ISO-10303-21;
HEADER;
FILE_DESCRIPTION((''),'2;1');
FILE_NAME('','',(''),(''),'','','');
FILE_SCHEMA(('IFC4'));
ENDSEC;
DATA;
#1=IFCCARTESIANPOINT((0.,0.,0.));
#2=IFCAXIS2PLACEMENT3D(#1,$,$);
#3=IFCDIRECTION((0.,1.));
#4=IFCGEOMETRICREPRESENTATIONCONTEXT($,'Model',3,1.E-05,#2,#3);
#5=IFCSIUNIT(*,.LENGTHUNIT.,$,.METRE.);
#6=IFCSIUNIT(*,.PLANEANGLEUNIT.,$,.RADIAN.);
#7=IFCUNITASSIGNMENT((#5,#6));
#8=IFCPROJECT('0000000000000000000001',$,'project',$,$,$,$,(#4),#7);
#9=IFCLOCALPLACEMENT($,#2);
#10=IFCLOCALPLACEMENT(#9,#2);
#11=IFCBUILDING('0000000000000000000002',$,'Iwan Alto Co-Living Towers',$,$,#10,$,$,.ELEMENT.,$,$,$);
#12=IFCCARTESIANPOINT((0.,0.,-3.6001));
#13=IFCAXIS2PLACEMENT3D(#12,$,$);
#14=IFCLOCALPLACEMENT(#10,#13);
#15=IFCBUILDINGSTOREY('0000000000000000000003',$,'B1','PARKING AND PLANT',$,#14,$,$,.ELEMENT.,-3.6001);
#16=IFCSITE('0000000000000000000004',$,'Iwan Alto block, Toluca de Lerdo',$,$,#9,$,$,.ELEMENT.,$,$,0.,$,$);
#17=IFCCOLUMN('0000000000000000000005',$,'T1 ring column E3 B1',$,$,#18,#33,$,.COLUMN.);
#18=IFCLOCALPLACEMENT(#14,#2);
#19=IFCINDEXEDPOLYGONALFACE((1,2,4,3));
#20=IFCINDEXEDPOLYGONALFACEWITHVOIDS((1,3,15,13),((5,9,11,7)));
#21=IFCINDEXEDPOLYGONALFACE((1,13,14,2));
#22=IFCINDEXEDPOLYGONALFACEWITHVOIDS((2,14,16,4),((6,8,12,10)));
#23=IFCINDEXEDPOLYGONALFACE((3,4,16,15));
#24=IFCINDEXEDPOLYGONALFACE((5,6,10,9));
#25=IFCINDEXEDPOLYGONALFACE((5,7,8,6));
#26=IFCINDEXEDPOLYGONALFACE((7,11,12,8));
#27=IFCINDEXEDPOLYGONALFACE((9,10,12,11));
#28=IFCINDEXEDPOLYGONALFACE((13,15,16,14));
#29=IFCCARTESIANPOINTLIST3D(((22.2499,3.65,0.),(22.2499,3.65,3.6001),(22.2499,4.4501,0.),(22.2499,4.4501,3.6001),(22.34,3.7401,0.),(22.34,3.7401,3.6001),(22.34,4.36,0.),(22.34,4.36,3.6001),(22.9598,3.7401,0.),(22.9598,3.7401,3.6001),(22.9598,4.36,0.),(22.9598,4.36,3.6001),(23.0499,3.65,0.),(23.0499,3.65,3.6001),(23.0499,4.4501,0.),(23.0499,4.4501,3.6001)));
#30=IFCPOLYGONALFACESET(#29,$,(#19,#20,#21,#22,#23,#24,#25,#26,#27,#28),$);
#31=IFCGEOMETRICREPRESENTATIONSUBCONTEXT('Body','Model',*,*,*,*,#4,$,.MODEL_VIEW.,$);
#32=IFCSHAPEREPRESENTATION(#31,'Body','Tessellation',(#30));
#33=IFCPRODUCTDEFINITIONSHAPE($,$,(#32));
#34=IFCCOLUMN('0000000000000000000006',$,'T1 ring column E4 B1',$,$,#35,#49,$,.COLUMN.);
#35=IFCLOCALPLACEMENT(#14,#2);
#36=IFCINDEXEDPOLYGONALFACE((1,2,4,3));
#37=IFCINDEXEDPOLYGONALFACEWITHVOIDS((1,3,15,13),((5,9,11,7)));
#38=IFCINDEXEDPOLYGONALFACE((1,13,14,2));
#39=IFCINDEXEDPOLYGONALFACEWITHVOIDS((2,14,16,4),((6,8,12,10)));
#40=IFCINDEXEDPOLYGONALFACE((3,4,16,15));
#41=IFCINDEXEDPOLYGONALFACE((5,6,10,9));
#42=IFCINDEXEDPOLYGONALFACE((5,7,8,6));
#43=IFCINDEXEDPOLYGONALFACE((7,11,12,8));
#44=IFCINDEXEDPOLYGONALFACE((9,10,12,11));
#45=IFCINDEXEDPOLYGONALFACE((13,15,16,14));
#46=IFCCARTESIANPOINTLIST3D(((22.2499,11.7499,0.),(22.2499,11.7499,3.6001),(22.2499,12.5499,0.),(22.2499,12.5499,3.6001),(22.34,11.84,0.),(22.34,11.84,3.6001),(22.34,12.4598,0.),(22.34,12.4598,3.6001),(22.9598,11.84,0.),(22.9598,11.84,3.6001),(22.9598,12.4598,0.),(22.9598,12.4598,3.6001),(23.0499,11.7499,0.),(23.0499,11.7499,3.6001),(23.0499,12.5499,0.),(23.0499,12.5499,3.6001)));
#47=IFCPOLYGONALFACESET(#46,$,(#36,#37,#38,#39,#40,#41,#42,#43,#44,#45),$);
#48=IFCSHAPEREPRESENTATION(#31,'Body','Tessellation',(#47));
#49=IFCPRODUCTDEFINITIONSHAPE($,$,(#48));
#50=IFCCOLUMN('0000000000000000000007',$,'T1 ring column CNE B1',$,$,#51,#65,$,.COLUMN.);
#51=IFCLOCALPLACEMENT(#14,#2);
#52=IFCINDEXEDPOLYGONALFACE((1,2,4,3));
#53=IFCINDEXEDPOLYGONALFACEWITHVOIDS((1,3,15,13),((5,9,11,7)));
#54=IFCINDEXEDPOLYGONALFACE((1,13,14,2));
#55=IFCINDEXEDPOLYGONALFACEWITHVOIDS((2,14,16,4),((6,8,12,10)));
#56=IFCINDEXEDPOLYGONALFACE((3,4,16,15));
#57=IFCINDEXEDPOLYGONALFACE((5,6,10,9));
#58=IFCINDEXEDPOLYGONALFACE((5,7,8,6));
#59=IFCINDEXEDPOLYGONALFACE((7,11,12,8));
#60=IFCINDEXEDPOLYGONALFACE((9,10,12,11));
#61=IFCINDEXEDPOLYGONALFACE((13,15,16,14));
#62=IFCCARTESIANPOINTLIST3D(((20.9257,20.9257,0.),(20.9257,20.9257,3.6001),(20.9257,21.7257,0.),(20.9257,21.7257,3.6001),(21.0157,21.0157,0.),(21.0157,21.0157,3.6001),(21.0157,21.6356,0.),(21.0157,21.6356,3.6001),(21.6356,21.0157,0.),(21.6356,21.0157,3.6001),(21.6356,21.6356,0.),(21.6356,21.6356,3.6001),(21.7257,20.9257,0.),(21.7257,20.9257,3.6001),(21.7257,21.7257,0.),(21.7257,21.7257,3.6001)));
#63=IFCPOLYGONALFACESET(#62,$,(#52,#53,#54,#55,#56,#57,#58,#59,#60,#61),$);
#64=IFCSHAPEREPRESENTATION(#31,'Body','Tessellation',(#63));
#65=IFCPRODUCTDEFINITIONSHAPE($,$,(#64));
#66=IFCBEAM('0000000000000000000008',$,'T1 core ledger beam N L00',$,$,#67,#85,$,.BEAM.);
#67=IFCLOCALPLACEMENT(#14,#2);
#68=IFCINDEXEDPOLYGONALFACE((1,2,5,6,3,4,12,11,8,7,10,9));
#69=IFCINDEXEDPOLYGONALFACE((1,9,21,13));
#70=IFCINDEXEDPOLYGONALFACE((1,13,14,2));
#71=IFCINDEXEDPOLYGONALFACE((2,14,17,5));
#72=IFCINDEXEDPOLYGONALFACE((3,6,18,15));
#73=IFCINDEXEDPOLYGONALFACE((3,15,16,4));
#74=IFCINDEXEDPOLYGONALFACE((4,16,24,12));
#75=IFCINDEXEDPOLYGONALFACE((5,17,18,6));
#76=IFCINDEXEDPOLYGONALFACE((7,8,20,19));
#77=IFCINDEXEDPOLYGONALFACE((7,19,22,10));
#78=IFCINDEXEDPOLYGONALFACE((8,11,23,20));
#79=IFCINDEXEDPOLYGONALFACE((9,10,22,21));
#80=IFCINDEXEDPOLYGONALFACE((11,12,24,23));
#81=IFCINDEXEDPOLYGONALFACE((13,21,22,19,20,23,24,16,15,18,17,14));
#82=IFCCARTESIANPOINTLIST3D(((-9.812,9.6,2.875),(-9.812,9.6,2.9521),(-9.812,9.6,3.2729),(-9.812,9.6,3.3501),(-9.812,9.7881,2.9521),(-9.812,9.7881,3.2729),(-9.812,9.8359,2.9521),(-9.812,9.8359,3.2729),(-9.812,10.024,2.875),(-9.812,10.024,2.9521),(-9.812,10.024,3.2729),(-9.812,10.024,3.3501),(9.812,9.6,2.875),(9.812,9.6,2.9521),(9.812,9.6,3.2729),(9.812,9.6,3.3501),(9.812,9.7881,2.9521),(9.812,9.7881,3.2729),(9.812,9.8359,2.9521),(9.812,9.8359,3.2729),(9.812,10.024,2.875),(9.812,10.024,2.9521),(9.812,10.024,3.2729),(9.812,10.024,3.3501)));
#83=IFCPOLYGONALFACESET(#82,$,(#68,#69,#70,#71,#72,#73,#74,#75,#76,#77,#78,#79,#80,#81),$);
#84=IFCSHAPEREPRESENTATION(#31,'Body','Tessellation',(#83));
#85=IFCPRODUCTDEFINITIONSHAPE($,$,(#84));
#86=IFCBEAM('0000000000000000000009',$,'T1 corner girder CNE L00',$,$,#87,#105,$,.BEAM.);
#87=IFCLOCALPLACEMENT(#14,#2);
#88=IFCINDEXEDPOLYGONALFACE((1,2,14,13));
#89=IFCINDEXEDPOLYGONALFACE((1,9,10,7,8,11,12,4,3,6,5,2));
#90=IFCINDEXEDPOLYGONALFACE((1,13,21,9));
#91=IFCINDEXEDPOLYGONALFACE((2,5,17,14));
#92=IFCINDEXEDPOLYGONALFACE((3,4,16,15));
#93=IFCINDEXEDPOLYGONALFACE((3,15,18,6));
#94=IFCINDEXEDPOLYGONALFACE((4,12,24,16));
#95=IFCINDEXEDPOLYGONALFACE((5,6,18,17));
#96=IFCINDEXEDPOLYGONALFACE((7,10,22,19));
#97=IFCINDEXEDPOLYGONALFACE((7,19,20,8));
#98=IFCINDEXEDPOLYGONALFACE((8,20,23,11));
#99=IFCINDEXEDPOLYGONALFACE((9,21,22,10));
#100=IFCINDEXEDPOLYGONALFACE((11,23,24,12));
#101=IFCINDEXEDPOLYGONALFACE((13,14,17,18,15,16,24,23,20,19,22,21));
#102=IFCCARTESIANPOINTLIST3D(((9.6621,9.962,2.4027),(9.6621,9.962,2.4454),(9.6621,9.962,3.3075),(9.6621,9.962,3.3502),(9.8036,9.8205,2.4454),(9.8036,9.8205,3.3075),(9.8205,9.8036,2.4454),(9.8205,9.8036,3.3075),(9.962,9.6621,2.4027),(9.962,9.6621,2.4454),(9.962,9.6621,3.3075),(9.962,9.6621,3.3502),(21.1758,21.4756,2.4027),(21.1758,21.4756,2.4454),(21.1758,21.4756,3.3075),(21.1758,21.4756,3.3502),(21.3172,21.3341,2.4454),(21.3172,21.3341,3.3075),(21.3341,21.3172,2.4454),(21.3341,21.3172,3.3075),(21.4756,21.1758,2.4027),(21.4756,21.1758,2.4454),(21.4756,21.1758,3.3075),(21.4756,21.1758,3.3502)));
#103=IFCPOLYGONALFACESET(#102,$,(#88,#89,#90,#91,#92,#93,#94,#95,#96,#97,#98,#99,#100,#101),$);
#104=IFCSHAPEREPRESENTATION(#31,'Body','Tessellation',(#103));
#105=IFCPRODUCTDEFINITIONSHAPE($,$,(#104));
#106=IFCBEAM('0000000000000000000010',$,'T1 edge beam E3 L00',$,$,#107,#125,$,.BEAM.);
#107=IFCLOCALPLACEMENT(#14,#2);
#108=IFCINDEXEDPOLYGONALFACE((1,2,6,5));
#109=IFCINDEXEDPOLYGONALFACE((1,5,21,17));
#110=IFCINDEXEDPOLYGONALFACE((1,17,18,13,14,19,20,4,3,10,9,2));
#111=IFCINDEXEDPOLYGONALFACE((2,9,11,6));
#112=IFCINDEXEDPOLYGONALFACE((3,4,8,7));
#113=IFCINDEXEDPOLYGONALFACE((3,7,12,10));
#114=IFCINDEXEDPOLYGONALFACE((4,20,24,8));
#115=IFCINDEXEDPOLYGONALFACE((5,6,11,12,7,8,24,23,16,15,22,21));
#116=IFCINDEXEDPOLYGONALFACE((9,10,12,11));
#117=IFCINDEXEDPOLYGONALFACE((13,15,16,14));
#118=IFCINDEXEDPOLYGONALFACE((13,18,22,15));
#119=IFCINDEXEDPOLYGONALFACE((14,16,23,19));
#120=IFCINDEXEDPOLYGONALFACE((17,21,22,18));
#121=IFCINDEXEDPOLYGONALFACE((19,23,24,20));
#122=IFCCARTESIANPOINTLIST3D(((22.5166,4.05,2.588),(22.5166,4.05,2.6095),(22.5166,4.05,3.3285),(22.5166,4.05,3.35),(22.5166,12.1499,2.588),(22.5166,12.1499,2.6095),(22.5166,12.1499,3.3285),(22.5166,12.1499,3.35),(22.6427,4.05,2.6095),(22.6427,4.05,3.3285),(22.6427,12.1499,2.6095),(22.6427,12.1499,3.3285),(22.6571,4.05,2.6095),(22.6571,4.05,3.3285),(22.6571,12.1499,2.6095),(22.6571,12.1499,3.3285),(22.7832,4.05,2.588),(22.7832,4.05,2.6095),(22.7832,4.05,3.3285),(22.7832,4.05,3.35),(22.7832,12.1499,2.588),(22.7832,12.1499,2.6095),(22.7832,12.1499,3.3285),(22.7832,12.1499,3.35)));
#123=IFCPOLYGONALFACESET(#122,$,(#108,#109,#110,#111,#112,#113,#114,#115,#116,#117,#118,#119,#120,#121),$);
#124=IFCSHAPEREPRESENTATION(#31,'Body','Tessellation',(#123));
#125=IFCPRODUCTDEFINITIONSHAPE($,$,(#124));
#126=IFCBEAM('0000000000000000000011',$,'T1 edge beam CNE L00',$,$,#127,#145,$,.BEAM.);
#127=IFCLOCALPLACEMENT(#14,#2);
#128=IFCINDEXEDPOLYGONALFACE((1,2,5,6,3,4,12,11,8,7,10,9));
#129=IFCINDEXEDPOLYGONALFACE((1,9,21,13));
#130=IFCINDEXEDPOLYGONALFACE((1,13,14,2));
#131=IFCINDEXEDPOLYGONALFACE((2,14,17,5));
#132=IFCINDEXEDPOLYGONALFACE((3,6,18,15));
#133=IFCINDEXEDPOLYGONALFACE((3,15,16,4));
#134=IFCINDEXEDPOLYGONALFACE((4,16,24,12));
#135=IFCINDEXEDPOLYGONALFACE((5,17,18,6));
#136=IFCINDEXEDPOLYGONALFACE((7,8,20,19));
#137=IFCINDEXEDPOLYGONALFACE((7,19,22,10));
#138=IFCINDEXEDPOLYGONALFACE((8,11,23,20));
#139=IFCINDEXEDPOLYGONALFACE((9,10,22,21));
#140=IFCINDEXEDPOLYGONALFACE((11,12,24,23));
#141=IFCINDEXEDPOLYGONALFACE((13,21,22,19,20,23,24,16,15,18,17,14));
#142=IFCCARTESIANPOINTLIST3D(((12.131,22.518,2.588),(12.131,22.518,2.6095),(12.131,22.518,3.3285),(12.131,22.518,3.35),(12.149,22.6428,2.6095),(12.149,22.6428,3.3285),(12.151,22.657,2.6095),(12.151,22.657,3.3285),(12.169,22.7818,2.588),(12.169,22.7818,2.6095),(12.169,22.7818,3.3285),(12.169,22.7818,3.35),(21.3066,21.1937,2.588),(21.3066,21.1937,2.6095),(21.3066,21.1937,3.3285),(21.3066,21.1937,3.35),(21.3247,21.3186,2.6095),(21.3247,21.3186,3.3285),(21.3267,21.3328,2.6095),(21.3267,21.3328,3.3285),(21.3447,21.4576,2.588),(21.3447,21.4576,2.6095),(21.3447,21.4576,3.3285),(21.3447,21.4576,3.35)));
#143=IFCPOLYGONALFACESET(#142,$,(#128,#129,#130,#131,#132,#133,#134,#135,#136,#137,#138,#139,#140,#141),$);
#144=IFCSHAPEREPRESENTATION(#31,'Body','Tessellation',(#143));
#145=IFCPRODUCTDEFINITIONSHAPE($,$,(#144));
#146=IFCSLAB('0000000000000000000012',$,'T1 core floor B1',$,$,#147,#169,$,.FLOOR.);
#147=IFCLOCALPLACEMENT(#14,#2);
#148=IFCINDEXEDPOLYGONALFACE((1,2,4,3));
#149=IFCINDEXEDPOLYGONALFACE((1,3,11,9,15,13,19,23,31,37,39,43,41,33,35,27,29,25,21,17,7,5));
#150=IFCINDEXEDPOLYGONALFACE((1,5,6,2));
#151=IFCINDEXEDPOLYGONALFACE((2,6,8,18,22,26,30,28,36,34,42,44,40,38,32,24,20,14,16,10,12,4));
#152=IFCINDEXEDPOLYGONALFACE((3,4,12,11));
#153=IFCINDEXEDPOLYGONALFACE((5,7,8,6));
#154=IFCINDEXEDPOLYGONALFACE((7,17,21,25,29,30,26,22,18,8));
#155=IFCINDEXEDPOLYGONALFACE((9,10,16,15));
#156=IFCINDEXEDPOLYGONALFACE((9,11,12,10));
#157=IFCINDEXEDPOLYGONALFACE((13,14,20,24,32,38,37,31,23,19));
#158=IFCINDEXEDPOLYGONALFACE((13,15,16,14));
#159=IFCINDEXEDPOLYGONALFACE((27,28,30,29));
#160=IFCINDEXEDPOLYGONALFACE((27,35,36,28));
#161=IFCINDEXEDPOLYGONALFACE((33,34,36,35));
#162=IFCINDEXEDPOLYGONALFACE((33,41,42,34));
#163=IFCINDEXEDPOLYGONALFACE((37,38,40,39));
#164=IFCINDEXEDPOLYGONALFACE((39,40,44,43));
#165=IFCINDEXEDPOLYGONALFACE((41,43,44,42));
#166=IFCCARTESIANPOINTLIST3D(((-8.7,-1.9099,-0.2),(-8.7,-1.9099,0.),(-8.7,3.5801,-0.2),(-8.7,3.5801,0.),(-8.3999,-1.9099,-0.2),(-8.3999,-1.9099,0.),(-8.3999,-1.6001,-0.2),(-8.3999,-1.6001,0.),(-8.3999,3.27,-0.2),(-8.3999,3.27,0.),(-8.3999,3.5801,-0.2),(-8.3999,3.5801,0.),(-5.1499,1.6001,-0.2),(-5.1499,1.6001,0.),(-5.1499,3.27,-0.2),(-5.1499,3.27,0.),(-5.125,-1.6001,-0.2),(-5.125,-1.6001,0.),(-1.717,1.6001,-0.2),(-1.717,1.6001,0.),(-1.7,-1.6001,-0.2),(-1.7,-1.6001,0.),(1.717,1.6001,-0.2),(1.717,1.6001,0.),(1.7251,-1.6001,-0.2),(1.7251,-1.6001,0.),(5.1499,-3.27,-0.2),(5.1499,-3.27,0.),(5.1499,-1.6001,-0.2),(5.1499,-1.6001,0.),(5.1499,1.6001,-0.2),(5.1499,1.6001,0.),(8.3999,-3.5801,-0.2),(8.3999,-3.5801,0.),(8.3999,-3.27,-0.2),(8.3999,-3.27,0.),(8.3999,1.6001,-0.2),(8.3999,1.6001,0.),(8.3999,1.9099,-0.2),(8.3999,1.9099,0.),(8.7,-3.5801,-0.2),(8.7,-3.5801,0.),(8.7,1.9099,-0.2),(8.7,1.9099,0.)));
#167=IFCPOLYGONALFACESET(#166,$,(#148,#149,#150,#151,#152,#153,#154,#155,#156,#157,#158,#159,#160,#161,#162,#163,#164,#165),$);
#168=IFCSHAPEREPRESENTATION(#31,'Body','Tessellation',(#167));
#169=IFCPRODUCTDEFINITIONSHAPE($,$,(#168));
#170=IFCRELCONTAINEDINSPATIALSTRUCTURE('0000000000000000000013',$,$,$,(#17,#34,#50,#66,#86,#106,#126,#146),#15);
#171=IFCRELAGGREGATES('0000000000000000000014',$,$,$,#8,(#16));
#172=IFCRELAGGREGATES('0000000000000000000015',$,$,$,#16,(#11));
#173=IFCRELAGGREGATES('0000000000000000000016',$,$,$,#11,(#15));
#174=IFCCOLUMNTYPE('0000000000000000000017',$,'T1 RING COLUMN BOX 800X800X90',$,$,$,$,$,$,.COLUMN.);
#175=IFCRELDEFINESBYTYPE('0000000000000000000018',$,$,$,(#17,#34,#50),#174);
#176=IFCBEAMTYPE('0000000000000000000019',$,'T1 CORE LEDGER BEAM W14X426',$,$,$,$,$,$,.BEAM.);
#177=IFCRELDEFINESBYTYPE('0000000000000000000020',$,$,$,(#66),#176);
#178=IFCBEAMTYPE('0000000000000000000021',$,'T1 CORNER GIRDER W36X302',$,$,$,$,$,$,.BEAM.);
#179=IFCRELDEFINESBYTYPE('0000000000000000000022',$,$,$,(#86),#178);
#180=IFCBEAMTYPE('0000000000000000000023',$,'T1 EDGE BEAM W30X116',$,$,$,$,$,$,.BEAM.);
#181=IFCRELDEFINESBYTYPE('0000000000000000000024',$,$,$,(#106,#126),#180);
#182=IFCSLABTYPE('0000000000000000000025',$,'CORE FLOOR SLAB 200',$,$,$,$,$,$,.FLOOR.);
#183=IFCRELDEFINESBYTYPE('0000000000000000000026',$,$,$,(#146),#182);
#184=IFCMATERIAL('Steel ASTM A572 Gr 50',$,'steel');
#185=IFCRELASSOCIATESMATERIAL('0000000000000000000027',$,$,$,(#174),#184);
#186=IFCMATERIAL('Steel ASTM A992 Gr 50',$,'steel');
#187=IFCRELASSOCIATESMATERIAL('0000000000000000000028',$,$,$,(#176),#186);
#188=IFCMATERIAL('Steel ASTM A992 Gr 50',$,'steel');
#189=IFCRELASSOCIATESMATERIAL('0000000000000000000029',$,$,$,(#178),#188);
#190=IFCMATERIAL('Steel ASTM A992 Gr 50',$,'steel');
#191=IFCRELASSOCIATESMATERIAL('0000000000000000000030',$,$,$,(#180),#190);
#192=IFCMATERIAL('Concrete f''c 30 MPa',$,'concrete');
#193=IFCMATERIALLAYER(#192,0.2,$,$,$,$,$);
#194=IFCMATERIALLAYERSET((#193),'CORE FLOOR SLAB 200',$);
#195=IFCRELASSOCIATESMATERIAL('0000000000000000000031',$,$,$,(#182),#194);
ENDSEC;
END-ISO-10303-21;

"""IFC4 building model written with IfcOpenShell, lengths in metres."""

from ifc_helpers import new_model, si_unit, direction, frame, origin, origin_2d, place, context, subcontext, project, spatial, polyline, hollow_rectangle, i_section, outline, extrude, material, layer, layer_set, material_profile, profile_set, type_object, element, save


model = new_model("IFC4")

# Units and contexts
model_context = context("Model", 3, precision=1e-05, world=origin(), true_north=direction((0.0, 1.0)))
body_context = subcontext(model_context, "Body", "Model", "MODEL_VIEW")
ifc_project = project(units=[si_unit("LENGTHUNIT", "METRE"), si_unit("PLANEANGLEUNIT", "RADIAN")], contexts=[model_context])

# Site, building, storey
site_placement = place(None, origin())
site = spatial("IfcSite", under=ifc_project, at=site_placement, Name="Iwan Alto block, Toluca de Lerdo", CompositionType="ELEMENT", RefElevation=0.0)
building_placement = place(site_placement, origin())
building = spatial("IfcBuilding", under=site, at=building_placement, Name="Iwan Alto Co-Living Towers", CompositionType="ELEMENT")
storey_placement = place(building_placement, frame((0.0, 0.0, -3.6001)))
storey = spatial("IfcBuildingStorey", under=building, at=storey_placement, Name="B1", Description="PARKING AND PLANT", CompositionType="ELEMENT", Elevation=-3.6001)

# Columns
ifc_material_1 = material(Name="Steel ASTM A572 Gr 50", Category="steel")
ifc_material_profile_1 = material_profile(ifc_material_1, hollow_rectangle(XDim=0.8, YDim=0.8, WallThickness=0.0901, at=origin_2d()), Name="BOX 800X800X90")
ifc_profile_set_1 = profile_set([ifc_material_profile_1], Name="Steel ASTM A572 Gr 50")
column_type = type_object("IfcColumnType", Name="T1 RING COLUMN BOX 800X800X90", PredefinedType="COLUMN", material=ifc_profile_set_1)
for number, where, z_axis, x_axis, name in (
    (1, (22.6499, 4.05, 0.0), (0.0, 0.0, 1.0), (1.0, 0.0, 0.0), "T1 ring column E3 B1"),
    (2, (22.6499, 12.1499, 0.0), (0.0, 0.0, 1.0), (1.0, 0.0, 0.0), "T1 ring column E4 B1"),
    (3, (21.3257, 21.3257, 0.0), (0.0, 0.0, 1.0), (1.0, 0.0, 0.0), "T1 ring column CNE B1"),
):
    element("IfcColumn", number, at=place(storey_placement, frame(where, z_axis=z_axis, x_axis=x_axis)), inside=storey, type_object=column_type, Name=name, PredefinedType="COLUMN", context=body_context, shape_type="SweptSolid", body=[
        extrude(hollow_rectangle(XDim=0.8, YDim=0.8, WallThickness=0.0901, at=origin_2d()), origin(), (0.0, 0.0, 1.0), 3.6001),
    ])

# Beams
ifc_material_2 = material(Name="Steel ASTM A992 Gr 50", Category="steel")
ifc_material_profile_2 = material_profile(ifc_material_2, i_section(OverallWidth=0.4241, OverallDepth=0.4751, WebThickness=0.0479, FlangeThickness=0.0771, at=origin_2d()), Name="W14X426")
ifc_profile_set_2 = profile_set([ifc_material_profile_2], Name="Steel ASTM A992 Gr 50")
beam_type_1 = type_object("IfcBeamType", Name="T1 CORE LEDGER BEAM W14X426", PredefinedType="BEAM", material=ifc_profile_set_2)
beam_1_placement = place(storey_placement, frame((9.812, 9.812, 3.1125), z_axis=(-1.0, 0.0, 0.0), x_axis=(0.0, -1.0, 0.0)))
element("IfcBeam", 4, at=beam_1_placement, inside=storey, type_object=beam_type_1, Name="T1 core ledger beam N L00", PredefinedType="BEAM", context=body_context, shape_type="SweptSolid", body=[
    extrude(i_section(OverallWidth=0.4241, OverallDepth=0.4751, WebThickness=0.0479, FlangeThickness=0.0771, at=origin_2d()), origin(), (0.0, 0.0, 1.0), 19.624),
])
ifc_material_3 = material(Name="Steel ASTM A992 Gr 50", Category="steel")
ifc_material_profile_3 = material_profile(ifc_material_3, i_section(OverallWidth=0.4241, OverallDepth=0.9475, WebThickness=0.0239, FlangeThickness=0.0427, at=origin_2d()), Name="W36X302")
ifc_profile_set_3 = profile_set([ifc_material_profile_3], Name="Steel ASTM A992 Gr 50")
beam_type_2 = type_object("IfcBeamType", Name="T1 CORNER GIRDER W36X302", PredefinedType="BEAM", material=ifc_profile_set_3)
beam_2_placement = place(storey_placement, frame((21.3257, 21.3257, 2.8765), z_axis=(-0.707107, -0.707107, 0.0), x_axis=(0.707107, -0.707107, 0.0)))
element("IfcBeam", 5, at=beam_2_placement, inside=storey, type_object=beam_type_2, Name="T1 corner girder CNE L00", PredefinedType="BEAM", context=body_context, shape_type="SweptSolid", body=[
    extrude(i_section(OverallWidth=0.4241, OverallDepth=0.9475, WebThickness=0.0239, FlangeThickness=0.0427, at=origin_2d()), origin(), (0.0, 0.0, 1.0), 16.2827),
])
ifc_material_4 = material(Name="Steel ASTM A992 Gr 50", Category="steel")
ifc_material_profile_4 = material_profile(ifc_material_4, i_section(OverallWidth=0.2666, OverallDepth=0.762, WebThickness=0.0144, FlangeThickness=0.0215, at=origin_2d()), Name="W30X116")
ifc_profile_set_4 = profile_set([ifc_material_profile_4], Name="Steel ASTM A992 Gr 50")
beam_type_3 = type_object("IfcBeamType", Name="T1 EDGE BEAM W30X116", PredefinedType="BEAM", material=ifc_profile_set_4)
beam_3_placement = place(storey_placement, frame((22.6499, 4.05, 2.969), z_axis=(0.0, 1.0, 0.0), x_axis=(-1.0, 0.0, 0.0)))
element("IfcBeam", 6, at=beam_3_placement, inside=storey, type_object=beam_type_3, Name="T1 edge beam E3 L00", PredefinedType="BEAM", context=body_context, shape_type="SweptSolid", body=[
    extrude(i_section(OverallWidth=0.2666, OverallDepth=0.762, WebThickness=0.0144, FlangeThickness=0.0215, at=origin_2d()), origin(), (0.0, 0.0, 1.0), 8.0999),
])
beam_4_placement = place(storey_placement, frame((21.3257, 21.3257, 2.969), z_axis=(-0.989746, 0.142837, 0.0), x_axis=(-0.142837, -0.989746, 0.0)))
element("IfcBeam", 7, at=beam_4_placement, inside=storey, type_object=beam_type_3, Name="T1 edge beam CNE L00", PredefinedType="BEAM", context=body_context, shape_type="SweptSolid", body=[
    extrude(i_section(OverallWidth=0.2666, OverallDepth=0.762, WebThickness=0.0144, FlangeThickness=0.0215, at=origin_2d()), origin(), (0.0, 0.0, 1.0), 9.2708),
])

# Slab
ifc_material_5 = material(Name="Concrete f'c 30 MPa", Category="concrete")
ifc_layer_1 = layer(ifc_material_5, 0.2)
ifc_layer_set_1 = layer_set([ifc_layer_1], Name="CORE FLOOR SLAB 200")
slab_type_1 = type_object("IfcSlabType", Name="CORE FLOOR SLAB 200", PredefinedType="FLOOR", material=ifc_layer_set_1)
slab_1_placement = place(storey_placement, frame((0.0, 0.0, -0.2)))
element("IfcSlab", 8, at=slab_1_placement, inside=storey, type_object=slab_type_1, Name="T1 core floor B1", PredefinedType="FLOOR", context=body_context, shape_type="SweptSolid", body=[
    extrude(outline(polyline([(8.7, -3.5801), (8.3999, -3.5801), (8.3999, -3.27), (5.1499, -3.27), (5.1499, -1.6001), (1.7251, -1.6001), (-1.7, -1.6001), (-5.125, -1.6001), (-8.3999, -1.6001), (-8.3999, -1.9099), (-8.7, -1.9099), (-8.7, 3.5801), (-8.3999, 3.5801), (-8.3999, 3.27), (-5.1499, 3.27), (-5.1499, 1.6001), (-1.717, 1.6001), (1.717, 1.6001), (5.1499, 1.6001), (8.3999, 1.6001), (8.3999, 1.9099), (8.7, 1.9099), (8.7, -3.5801)])), origin(), (0.0, 0.0, 1.0), 0.2),
])

save(model, "model.ifc")
